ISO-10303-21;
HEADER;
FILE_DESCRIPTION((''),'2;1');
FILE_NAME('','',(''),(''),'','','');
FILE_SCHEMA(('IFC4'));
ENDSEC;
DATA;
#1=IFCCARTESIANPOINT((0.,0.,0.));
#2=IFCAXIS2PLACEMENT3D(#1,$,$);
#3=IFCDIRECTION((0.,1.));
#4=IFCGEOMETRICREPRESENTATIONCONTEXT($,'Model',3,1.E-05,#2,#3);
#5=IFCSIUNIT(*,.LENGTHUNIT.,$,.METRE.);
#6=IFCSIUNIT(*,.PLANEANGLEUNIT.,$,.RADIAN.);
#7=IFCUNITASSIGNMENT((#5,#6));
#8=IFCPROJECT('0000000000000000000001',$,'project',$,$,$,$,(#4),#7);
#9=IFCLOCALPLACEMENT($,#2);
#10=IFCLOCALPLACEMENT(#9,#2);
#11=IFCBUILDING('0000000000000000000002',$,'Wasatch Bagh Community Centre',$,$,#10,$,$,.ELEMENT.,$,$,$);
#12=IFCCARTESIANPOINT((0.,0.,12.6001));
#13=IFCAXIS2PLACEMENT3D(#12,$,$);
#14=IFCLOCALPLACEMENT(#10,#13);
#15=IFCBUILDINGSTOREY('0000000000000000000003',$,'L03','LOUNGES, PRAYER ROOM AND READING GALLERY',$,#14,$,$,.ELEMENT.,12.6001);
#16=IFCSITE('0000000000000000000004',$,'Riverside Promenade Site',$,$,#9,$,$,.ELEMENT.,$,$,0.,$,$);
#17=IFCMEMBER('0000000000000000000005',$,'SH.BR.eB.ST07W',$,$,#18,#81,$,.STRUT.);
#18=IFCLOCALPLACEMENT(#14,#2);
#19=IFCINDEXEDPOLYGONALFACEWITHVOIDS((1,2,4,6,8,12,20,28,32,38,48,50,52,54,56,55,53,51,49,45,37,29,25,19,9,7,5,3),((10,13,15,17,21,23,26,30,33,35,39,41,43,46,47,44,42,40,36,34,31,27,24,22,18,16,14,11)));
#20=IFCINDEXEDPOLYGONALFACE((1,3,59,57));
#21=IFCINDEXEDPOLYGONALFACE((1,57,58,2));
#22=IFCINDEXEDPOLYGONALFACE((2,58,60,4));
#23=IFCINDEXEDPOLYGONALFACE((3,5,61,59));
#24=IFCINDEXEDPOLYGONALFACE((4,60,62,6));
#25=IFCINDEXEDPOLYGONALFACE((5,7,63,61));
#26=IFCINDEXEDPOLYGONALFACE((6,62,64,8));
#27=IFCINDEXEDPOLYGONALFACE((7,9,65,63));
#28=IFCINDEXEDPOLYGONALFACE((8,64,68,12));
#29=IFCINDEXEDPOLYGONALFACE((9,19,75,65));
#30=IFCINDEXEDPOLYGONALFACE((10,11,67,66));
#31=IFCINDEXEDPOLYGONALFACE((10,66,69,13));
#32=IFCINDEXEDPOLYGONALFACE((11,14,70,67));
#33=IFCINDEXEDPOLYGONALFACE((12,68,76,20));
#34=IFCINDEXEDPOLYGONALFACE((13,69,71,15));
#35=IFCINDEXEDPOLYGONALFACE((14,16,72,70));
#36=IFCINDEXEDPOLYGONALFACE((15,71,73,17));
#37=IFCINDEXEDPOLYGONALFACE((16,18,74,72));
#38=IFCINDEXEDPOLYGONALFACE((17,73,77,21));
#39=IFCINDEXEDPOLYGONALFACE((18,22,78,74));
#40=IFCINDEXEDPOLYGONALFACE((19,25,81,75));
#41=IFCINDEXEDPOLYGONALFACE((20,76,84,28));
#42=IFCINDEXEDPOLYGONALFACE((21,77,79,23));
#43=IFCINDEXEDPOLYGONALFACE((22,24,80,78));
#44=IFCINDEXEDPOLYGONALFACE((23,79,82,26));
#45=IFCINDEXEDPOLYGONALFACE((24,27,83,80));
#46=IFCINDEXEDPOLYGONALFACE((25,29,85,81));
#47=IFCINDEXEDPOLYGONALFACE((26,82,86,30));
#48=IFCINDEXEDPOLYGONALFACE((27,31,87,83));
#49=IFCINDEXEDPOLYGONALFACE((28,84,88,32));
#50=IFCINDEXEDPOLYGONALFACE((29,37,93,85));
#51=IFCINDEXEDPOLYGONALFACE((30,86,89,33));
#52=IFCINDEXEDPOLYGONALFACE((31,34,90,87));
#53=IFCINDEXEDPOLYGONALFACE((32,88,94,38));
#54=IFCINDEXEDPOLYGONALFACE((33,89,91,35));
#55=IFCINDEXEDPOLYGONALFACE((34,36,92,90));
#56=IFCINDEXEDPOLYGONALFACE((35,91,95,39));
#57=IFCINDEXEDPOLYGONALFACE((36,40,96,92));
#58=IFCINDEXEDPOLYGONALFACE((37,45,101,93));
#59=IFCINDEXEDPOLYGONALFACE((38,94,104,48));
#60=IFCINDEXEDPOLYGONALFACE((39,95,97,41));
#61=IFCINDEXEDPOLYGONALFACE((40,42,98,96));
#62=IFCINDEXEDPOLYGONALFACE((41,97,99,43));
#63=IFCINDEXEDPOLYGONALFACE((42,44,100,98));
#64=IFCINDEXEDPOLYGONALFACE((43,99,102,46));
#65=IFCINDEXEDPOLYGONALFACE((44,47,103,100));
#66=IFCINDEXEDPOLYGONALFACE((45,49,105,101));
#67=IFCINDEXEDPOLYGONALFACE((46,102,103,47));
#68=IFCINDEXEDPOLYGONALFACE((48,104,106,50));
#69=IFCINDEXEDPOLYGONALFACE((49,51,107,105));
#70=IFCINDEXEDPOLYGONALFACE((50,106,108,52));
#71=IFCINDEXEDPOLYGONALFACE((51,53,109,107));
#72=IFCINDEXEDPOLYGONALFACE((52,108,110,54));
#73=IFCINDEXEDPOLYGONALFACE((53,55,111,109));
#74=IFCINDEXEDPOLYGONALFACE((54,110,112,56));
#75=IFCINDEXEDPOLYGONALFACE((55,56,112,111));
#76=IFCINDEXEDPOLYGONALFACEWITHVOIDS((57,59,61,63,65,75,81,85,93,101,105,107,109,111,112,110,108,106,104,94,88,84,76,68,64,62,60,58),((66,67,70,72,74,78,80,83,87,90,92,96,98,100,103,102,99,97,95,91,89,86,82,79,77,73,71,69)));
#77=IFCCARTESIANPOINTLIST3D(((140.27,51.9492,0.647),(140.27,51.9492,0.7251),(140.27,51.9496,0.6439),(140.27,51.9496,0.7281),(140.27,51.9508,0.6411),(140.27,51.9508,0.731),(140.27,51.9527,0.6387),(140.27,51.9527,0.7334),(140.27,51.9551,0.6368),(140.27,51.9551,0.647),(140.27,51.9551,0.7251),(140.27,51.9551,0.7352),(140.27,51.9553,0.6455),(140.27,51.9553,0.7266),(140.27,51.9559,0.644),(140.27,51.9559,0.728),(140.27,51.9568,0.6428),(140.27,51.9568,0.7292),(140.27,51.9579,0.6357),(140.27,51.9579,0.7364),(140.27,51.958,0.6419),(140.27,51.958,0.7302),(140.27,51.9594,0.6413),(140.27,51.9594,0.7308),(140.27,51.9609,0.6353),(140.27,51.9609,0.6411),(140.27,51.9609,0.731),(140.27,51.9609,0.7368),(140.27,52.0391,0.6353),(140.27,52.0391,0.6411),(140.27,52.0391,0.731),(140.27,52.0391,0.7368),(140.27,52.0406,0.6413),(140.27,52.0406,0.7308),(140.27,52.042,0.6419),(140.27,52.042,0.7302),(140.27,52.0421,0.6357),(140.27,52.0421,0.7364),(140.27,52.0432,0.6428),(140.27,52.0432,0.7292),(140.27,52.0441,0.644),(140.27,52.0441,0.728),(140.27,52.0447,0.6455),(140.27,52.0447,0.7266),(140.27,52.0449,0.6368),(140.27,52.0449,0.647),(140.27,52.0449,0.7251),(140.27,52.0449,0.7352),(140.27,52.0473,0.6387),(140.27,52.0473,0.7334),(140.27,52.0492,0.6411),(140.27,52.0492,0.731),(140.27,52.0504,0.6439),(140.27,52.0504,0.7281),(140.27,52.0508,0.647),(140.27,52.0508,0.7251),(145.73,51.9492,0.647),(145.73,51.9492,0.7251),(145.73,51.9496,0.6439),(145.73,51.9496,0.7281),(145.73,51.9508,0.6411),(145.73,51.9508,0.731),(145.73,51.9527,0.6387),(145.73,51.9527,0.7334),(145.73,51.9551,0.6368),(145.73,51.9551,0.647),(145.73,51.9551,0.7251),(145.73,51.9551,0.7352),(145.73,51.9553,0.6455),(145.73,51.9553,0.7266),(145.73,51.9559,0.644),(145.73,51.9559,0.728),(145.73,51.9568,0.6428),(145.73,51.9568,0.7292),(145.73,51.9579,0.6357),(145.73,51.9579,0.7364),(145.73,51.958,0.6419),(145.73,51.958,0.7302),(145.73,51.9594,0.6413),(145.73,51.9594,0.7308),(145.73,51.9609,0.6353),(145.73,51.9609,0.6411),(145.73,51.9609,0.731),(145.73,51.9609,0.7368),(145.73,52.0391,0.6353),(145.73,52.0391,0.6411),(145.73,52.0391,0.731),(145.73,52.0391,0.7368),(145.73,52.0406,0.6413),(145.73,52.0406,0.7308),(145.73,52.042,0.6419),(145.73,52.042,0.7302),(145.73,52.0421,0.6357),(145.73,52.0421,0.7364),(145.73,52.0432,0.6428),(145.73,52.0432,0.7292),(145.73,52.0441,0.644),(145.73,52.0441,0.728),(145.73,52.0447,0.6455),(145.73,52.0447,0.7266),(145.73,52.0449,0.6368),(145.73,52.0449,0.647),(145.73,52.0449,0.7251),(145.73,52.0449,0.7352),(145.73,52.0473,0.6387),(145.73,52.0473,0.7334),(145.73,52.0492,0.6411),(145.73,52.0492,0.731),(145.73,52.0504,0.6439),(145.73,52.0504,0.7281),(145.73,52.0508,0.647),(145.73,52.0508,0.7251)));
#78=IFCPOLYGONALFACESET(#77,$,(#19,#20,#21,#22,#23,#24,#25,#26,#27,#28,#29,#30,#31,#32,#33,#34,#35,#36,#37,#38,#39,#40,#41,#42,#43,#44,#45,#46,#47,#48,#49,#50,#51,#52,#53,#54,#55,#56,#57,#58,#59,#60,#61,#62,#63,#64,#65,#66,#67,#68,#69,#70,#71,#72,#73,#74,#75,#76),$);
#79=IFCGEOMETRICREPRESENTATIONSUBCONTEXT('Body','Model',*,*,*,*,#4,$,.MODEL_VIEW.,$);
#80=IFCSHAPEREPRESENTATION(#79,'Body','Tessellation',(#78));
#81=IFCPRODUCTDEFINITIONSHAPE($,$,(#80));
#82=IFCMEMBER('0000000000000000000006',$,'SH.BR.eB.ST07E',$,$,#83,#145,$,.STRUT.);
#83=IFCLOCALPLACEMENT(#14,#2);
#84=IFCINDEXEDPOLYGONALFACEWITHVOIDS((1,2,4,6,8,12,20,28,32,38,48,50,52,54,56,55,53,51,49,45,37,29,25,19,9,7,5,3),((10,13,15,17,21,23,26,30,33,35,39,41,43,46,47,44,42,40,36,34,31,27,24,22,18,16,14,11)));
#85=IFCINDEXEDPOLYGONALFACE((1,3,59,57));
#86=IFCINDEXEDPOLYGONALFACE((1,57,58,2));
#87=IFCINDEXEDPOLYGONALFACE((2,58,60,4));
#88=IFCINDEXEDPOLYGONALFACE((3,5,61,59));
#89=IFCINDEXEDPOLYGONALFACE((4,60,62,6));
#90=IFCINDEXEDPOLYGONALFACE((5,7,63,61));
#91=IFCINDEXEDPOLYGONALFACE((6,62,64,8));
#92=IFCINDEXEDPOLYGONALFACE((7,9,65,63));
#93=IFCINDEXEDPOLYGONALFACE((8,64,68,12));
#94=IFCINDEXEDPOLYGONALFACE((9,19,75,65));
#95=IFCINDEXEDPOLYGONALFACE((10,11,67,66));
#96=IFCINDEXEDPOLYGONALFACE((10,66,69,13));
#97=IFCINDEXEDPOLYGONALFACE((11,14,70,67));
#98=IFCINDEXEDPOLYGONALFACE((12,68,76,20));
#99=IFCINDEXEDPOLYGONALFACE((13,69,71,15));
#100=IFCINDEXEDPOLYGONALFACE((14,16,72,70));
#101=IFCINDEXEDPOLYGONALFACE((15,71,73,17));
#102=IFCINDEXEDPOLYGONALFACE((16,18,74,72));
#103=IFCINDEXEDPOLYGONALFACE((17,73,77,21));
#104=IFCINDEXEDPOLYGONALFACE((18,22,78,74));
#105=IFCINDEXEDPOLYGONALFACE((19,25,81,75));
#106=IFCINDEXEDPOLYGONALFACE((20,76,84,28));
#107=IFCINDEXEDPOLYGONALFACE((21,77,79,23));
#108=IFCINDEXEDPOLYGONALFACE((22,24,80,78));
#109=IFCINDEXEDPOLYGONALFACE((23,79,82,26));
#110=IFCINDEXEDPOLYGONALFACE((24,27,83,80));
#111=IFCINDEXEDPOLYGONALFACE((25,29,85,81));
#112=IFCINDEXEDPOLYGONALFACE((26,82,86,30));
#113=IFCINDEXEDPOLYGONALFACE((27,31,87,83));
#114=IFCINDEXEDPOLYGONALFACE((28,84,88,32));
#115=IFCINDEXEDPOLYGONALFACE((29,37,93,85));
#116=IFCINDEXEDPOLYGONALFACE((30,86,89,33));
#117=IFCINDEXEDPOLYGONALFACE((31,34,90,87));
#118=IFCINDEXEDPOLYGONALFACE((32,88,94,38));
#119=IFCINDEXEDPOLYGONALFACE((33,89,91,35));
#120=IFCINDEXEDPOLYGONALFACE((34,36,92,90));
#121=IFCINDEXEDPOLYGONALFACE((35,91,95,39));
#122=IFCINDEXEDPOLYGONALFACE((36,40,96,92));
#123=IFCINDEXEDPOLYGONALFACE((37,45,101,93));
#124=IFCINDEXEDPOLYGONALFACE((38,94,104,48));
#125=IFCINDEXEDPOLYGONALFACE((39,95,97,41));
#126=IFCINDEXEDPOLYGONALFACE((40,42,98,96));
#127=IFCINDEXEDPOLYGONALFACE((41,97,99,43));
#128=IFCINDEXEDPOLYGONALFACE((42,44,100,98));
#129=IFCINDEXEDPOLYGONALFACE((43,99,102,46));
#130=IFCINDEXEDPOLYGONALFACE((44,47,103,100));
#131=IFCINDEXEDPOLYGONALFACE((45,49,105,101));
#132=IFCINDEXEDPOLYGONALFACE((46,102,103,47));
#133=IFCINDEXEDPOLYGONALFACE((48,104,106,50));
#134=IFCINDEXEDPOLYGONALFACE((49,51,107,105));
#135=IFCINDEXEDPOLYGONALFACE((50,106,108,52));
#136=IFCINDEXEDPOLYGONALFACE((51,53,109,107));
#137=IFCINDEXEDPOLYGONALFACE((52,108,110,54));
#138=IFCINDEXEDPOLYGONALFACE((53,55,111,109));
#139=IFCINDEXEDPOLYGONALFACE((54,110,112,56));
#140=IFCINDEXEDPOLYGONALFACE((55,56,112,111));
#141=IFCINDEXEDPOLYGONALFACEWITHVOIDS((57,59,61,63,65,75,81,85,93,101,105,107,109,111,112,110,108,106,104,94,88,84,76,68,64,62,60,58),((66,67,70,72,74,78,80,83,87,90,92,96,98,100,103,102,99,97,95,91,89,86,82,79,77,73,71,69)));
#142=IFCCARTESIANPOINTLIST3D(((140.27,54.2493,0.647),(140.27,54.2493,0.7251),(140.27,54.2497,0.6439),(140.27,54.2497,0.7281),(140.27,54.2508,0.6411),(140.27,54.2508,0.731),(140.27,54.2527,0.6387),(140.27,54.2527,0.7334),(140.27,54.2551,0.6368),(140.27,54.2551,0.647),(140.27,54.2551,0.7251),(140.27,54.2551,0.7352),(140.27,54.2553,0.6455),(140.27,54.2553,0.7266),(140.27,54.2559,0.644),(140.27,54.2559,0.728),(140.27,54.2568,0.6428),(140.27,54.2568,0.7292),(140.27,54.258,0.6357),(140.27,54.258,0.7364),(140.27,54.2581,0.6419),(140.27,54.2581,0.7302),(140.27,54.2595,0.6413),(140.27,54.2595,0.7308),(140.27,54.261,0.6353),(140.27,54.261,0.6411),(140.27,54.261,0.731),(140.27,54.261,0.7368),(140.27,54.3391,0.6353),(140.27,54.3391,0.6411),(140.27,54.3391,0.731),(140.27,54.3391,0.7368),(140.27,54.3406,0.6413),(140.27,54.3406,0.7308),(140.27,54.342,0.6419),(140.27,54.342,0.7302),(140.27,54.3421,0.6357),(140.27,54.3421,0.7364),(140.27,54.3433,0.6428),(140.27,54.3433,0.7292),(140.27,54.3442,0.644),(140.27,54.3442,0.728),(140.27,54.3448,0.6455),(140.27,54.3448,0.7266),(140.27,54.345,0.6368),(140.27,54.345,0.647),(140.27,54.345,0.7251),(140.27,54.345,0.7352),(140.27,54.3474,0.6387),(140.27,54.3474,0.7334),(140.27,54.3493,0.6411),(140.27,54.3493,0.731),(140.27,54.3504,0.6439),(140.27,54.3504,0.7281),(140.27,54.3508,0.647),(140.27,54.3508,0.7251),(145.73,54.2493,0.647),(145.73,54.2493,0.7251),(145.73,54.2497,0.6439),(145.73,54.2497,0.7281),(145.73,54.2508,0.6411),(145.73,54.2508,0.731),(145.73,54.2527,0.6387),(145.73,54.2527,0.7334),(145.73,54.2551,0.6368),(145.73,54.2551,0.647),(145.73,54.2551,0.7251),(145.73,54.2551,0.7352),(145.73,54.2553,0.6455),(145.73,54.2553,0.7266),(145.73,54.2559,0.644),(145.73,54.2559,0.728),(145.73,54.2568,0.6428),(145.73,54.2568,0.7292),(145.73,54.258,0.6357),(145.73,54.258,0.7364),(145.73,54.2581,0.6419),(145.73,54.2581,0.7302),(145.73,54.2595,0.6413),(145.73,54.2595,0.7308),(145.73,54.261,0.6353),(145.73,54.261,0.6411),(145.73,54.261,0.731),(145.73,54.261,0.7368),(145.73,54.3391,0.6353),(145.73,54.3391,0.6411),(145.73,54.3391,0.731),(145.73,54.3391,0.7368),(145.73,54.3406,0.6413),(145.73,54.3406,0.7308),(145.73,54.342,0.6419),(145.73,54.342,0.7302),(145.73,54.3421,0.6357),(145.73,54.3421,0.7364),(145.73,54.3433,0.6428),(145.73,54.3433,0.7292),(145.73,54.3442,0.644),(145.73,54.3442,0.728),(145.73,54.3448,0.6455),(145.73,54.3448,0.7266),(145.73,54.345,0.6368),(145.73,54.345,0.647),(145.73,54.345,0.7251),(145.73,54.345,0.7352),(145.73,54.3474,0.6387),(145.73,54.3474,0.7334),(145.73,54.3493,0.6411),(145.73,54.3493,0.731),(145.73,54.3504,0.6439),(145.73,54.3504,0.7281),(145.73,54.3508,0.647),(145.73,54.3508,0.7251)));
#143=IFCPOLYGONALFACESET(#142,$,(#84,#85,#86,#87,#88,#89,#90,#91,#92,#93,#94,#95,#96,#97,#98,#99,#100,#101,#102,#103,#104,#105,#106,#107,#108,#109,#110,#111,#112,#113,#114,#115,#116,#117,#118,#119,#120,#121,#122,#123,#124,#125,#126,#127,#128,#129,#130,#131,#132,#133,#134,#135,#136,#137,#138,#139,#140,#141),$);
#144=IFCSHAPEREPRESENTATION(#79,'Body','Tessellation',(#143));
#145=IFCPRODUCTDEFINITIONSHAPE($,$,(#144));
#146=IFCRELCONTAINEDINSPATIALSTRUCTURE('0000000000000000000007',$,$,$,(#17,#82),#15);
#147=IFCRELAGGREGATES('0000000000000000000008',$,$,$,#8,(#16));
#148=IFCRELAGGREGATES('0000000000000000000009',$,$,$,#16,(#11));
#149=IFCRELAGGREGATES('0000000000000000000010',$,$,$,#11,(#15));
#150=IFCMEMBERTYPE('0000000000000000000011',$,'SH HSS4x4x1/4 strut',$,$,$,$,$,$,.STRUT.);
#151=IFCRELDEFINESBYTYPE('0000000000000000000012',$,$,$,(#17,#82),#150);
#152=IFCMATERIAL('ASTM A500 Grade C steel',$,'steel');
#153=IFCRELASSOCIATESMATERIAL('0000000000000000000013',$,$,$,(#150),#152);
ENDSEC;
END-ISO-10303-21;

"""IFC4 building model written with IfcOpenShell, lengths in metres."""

from ifc_helpers import new_model, si_unit, direction, frame, origin, origin_2d, place, context, subcontext, project, spatial, hollow_rectangle, extrude, material, material_profile, profile_set, type_object, element, save


model = new_model("IFC4")

# Units and contexts
model_context = context("Model", 3, precision=1e-05, world=origin(), true_north=direction((0.0, 1.0)))
body_context = subcontext(model_context, "Body", "Model", "MODEL_VIEW")
ifc_project = project(units=[si_unit("LENGTHUNIT", "METRE"), si_unit("PLANEANGLEUNIT", "RADIAN")], contexts=[model_context])

# Site, building, storey
site_placement = place(None, origin())
site = spatial("IfcSite", under=ifc_project, at=site_placement, Name="Riverside Promenade Site", CompositionType="ELEMENT", RefElevation=0.0)
building_placement = place(site_placement, origin())
building = spatial("IfcBuilding", under=site, at=building_placement, Name="Wasatch Bagh Community Centre", CompositionType="ELEMENT")
storey_placement = place(building_placement, frame((0.0, 0.0, 12.6001)))
storey = spatial("IfcBuildingStorey", under=building, at=storey_placement, Name="L03", Description="LOUNGES, PRAYER ROOM AND READING GALLERY", CompositionType="ELEMENT", Elevation=12.6001)

# Members
ifc_material_1 = material(Name="ASTM A500 Grade C steel", Category="steel")
ifc_material_profile_1 = material_profile(ifc_material_1, hollow_rectangle(XDim=0.1016, YDim=0.1016, WallThickness=0.0059, InnerFilletRadius=0.0059, OuterFilletRadius=0.0117, at=origin_2d()), Name="HSS4x4x1/4")
ifc_profile_set_1 = profile_set([ifc_material_profile_1], Name="ASTM A500 Grade C steel")
member_type_1 = type_object("IfcMemberType", Name="SH HSS4x4x1/4 strut", PredefinedType="STRUT", material=ifc_profile_set_1)
for number, where, z_axis, x_axis, name in (
    (1, (140.27, 52.0, 0.686), (1.0, 0.0, 0.0), (0.0, 1.0, 0.0), "SH.BR.eB.ST07W"),
    (2, (140.27, 54.3, 0.686), (1.0, 0.0, 0.0), (0.0, 1.0, 0.0), "SH.BR.eB.ST07E"),
):
    element("IfcMember", number, at=place(storey_placement, frame(where, z_axis=z_axis, x_axis=x_axis)), inside=storey, type_object=member_type_1, Name=name, PredefinedType="STRUT", context=body_context, shape_type="SweptSolid", body=[
        extrude(hollow_rectangle(XDim=0.1016, YDim=0.1016, WallThickness=0.0059, InnerFilletRadius=0.0059, OuterFilletRadius=0.0117, at=origin_2d()), origin(), (0.0, 0.0, 1.0), 5.46),
    ])

save(model, "model.ifc")
